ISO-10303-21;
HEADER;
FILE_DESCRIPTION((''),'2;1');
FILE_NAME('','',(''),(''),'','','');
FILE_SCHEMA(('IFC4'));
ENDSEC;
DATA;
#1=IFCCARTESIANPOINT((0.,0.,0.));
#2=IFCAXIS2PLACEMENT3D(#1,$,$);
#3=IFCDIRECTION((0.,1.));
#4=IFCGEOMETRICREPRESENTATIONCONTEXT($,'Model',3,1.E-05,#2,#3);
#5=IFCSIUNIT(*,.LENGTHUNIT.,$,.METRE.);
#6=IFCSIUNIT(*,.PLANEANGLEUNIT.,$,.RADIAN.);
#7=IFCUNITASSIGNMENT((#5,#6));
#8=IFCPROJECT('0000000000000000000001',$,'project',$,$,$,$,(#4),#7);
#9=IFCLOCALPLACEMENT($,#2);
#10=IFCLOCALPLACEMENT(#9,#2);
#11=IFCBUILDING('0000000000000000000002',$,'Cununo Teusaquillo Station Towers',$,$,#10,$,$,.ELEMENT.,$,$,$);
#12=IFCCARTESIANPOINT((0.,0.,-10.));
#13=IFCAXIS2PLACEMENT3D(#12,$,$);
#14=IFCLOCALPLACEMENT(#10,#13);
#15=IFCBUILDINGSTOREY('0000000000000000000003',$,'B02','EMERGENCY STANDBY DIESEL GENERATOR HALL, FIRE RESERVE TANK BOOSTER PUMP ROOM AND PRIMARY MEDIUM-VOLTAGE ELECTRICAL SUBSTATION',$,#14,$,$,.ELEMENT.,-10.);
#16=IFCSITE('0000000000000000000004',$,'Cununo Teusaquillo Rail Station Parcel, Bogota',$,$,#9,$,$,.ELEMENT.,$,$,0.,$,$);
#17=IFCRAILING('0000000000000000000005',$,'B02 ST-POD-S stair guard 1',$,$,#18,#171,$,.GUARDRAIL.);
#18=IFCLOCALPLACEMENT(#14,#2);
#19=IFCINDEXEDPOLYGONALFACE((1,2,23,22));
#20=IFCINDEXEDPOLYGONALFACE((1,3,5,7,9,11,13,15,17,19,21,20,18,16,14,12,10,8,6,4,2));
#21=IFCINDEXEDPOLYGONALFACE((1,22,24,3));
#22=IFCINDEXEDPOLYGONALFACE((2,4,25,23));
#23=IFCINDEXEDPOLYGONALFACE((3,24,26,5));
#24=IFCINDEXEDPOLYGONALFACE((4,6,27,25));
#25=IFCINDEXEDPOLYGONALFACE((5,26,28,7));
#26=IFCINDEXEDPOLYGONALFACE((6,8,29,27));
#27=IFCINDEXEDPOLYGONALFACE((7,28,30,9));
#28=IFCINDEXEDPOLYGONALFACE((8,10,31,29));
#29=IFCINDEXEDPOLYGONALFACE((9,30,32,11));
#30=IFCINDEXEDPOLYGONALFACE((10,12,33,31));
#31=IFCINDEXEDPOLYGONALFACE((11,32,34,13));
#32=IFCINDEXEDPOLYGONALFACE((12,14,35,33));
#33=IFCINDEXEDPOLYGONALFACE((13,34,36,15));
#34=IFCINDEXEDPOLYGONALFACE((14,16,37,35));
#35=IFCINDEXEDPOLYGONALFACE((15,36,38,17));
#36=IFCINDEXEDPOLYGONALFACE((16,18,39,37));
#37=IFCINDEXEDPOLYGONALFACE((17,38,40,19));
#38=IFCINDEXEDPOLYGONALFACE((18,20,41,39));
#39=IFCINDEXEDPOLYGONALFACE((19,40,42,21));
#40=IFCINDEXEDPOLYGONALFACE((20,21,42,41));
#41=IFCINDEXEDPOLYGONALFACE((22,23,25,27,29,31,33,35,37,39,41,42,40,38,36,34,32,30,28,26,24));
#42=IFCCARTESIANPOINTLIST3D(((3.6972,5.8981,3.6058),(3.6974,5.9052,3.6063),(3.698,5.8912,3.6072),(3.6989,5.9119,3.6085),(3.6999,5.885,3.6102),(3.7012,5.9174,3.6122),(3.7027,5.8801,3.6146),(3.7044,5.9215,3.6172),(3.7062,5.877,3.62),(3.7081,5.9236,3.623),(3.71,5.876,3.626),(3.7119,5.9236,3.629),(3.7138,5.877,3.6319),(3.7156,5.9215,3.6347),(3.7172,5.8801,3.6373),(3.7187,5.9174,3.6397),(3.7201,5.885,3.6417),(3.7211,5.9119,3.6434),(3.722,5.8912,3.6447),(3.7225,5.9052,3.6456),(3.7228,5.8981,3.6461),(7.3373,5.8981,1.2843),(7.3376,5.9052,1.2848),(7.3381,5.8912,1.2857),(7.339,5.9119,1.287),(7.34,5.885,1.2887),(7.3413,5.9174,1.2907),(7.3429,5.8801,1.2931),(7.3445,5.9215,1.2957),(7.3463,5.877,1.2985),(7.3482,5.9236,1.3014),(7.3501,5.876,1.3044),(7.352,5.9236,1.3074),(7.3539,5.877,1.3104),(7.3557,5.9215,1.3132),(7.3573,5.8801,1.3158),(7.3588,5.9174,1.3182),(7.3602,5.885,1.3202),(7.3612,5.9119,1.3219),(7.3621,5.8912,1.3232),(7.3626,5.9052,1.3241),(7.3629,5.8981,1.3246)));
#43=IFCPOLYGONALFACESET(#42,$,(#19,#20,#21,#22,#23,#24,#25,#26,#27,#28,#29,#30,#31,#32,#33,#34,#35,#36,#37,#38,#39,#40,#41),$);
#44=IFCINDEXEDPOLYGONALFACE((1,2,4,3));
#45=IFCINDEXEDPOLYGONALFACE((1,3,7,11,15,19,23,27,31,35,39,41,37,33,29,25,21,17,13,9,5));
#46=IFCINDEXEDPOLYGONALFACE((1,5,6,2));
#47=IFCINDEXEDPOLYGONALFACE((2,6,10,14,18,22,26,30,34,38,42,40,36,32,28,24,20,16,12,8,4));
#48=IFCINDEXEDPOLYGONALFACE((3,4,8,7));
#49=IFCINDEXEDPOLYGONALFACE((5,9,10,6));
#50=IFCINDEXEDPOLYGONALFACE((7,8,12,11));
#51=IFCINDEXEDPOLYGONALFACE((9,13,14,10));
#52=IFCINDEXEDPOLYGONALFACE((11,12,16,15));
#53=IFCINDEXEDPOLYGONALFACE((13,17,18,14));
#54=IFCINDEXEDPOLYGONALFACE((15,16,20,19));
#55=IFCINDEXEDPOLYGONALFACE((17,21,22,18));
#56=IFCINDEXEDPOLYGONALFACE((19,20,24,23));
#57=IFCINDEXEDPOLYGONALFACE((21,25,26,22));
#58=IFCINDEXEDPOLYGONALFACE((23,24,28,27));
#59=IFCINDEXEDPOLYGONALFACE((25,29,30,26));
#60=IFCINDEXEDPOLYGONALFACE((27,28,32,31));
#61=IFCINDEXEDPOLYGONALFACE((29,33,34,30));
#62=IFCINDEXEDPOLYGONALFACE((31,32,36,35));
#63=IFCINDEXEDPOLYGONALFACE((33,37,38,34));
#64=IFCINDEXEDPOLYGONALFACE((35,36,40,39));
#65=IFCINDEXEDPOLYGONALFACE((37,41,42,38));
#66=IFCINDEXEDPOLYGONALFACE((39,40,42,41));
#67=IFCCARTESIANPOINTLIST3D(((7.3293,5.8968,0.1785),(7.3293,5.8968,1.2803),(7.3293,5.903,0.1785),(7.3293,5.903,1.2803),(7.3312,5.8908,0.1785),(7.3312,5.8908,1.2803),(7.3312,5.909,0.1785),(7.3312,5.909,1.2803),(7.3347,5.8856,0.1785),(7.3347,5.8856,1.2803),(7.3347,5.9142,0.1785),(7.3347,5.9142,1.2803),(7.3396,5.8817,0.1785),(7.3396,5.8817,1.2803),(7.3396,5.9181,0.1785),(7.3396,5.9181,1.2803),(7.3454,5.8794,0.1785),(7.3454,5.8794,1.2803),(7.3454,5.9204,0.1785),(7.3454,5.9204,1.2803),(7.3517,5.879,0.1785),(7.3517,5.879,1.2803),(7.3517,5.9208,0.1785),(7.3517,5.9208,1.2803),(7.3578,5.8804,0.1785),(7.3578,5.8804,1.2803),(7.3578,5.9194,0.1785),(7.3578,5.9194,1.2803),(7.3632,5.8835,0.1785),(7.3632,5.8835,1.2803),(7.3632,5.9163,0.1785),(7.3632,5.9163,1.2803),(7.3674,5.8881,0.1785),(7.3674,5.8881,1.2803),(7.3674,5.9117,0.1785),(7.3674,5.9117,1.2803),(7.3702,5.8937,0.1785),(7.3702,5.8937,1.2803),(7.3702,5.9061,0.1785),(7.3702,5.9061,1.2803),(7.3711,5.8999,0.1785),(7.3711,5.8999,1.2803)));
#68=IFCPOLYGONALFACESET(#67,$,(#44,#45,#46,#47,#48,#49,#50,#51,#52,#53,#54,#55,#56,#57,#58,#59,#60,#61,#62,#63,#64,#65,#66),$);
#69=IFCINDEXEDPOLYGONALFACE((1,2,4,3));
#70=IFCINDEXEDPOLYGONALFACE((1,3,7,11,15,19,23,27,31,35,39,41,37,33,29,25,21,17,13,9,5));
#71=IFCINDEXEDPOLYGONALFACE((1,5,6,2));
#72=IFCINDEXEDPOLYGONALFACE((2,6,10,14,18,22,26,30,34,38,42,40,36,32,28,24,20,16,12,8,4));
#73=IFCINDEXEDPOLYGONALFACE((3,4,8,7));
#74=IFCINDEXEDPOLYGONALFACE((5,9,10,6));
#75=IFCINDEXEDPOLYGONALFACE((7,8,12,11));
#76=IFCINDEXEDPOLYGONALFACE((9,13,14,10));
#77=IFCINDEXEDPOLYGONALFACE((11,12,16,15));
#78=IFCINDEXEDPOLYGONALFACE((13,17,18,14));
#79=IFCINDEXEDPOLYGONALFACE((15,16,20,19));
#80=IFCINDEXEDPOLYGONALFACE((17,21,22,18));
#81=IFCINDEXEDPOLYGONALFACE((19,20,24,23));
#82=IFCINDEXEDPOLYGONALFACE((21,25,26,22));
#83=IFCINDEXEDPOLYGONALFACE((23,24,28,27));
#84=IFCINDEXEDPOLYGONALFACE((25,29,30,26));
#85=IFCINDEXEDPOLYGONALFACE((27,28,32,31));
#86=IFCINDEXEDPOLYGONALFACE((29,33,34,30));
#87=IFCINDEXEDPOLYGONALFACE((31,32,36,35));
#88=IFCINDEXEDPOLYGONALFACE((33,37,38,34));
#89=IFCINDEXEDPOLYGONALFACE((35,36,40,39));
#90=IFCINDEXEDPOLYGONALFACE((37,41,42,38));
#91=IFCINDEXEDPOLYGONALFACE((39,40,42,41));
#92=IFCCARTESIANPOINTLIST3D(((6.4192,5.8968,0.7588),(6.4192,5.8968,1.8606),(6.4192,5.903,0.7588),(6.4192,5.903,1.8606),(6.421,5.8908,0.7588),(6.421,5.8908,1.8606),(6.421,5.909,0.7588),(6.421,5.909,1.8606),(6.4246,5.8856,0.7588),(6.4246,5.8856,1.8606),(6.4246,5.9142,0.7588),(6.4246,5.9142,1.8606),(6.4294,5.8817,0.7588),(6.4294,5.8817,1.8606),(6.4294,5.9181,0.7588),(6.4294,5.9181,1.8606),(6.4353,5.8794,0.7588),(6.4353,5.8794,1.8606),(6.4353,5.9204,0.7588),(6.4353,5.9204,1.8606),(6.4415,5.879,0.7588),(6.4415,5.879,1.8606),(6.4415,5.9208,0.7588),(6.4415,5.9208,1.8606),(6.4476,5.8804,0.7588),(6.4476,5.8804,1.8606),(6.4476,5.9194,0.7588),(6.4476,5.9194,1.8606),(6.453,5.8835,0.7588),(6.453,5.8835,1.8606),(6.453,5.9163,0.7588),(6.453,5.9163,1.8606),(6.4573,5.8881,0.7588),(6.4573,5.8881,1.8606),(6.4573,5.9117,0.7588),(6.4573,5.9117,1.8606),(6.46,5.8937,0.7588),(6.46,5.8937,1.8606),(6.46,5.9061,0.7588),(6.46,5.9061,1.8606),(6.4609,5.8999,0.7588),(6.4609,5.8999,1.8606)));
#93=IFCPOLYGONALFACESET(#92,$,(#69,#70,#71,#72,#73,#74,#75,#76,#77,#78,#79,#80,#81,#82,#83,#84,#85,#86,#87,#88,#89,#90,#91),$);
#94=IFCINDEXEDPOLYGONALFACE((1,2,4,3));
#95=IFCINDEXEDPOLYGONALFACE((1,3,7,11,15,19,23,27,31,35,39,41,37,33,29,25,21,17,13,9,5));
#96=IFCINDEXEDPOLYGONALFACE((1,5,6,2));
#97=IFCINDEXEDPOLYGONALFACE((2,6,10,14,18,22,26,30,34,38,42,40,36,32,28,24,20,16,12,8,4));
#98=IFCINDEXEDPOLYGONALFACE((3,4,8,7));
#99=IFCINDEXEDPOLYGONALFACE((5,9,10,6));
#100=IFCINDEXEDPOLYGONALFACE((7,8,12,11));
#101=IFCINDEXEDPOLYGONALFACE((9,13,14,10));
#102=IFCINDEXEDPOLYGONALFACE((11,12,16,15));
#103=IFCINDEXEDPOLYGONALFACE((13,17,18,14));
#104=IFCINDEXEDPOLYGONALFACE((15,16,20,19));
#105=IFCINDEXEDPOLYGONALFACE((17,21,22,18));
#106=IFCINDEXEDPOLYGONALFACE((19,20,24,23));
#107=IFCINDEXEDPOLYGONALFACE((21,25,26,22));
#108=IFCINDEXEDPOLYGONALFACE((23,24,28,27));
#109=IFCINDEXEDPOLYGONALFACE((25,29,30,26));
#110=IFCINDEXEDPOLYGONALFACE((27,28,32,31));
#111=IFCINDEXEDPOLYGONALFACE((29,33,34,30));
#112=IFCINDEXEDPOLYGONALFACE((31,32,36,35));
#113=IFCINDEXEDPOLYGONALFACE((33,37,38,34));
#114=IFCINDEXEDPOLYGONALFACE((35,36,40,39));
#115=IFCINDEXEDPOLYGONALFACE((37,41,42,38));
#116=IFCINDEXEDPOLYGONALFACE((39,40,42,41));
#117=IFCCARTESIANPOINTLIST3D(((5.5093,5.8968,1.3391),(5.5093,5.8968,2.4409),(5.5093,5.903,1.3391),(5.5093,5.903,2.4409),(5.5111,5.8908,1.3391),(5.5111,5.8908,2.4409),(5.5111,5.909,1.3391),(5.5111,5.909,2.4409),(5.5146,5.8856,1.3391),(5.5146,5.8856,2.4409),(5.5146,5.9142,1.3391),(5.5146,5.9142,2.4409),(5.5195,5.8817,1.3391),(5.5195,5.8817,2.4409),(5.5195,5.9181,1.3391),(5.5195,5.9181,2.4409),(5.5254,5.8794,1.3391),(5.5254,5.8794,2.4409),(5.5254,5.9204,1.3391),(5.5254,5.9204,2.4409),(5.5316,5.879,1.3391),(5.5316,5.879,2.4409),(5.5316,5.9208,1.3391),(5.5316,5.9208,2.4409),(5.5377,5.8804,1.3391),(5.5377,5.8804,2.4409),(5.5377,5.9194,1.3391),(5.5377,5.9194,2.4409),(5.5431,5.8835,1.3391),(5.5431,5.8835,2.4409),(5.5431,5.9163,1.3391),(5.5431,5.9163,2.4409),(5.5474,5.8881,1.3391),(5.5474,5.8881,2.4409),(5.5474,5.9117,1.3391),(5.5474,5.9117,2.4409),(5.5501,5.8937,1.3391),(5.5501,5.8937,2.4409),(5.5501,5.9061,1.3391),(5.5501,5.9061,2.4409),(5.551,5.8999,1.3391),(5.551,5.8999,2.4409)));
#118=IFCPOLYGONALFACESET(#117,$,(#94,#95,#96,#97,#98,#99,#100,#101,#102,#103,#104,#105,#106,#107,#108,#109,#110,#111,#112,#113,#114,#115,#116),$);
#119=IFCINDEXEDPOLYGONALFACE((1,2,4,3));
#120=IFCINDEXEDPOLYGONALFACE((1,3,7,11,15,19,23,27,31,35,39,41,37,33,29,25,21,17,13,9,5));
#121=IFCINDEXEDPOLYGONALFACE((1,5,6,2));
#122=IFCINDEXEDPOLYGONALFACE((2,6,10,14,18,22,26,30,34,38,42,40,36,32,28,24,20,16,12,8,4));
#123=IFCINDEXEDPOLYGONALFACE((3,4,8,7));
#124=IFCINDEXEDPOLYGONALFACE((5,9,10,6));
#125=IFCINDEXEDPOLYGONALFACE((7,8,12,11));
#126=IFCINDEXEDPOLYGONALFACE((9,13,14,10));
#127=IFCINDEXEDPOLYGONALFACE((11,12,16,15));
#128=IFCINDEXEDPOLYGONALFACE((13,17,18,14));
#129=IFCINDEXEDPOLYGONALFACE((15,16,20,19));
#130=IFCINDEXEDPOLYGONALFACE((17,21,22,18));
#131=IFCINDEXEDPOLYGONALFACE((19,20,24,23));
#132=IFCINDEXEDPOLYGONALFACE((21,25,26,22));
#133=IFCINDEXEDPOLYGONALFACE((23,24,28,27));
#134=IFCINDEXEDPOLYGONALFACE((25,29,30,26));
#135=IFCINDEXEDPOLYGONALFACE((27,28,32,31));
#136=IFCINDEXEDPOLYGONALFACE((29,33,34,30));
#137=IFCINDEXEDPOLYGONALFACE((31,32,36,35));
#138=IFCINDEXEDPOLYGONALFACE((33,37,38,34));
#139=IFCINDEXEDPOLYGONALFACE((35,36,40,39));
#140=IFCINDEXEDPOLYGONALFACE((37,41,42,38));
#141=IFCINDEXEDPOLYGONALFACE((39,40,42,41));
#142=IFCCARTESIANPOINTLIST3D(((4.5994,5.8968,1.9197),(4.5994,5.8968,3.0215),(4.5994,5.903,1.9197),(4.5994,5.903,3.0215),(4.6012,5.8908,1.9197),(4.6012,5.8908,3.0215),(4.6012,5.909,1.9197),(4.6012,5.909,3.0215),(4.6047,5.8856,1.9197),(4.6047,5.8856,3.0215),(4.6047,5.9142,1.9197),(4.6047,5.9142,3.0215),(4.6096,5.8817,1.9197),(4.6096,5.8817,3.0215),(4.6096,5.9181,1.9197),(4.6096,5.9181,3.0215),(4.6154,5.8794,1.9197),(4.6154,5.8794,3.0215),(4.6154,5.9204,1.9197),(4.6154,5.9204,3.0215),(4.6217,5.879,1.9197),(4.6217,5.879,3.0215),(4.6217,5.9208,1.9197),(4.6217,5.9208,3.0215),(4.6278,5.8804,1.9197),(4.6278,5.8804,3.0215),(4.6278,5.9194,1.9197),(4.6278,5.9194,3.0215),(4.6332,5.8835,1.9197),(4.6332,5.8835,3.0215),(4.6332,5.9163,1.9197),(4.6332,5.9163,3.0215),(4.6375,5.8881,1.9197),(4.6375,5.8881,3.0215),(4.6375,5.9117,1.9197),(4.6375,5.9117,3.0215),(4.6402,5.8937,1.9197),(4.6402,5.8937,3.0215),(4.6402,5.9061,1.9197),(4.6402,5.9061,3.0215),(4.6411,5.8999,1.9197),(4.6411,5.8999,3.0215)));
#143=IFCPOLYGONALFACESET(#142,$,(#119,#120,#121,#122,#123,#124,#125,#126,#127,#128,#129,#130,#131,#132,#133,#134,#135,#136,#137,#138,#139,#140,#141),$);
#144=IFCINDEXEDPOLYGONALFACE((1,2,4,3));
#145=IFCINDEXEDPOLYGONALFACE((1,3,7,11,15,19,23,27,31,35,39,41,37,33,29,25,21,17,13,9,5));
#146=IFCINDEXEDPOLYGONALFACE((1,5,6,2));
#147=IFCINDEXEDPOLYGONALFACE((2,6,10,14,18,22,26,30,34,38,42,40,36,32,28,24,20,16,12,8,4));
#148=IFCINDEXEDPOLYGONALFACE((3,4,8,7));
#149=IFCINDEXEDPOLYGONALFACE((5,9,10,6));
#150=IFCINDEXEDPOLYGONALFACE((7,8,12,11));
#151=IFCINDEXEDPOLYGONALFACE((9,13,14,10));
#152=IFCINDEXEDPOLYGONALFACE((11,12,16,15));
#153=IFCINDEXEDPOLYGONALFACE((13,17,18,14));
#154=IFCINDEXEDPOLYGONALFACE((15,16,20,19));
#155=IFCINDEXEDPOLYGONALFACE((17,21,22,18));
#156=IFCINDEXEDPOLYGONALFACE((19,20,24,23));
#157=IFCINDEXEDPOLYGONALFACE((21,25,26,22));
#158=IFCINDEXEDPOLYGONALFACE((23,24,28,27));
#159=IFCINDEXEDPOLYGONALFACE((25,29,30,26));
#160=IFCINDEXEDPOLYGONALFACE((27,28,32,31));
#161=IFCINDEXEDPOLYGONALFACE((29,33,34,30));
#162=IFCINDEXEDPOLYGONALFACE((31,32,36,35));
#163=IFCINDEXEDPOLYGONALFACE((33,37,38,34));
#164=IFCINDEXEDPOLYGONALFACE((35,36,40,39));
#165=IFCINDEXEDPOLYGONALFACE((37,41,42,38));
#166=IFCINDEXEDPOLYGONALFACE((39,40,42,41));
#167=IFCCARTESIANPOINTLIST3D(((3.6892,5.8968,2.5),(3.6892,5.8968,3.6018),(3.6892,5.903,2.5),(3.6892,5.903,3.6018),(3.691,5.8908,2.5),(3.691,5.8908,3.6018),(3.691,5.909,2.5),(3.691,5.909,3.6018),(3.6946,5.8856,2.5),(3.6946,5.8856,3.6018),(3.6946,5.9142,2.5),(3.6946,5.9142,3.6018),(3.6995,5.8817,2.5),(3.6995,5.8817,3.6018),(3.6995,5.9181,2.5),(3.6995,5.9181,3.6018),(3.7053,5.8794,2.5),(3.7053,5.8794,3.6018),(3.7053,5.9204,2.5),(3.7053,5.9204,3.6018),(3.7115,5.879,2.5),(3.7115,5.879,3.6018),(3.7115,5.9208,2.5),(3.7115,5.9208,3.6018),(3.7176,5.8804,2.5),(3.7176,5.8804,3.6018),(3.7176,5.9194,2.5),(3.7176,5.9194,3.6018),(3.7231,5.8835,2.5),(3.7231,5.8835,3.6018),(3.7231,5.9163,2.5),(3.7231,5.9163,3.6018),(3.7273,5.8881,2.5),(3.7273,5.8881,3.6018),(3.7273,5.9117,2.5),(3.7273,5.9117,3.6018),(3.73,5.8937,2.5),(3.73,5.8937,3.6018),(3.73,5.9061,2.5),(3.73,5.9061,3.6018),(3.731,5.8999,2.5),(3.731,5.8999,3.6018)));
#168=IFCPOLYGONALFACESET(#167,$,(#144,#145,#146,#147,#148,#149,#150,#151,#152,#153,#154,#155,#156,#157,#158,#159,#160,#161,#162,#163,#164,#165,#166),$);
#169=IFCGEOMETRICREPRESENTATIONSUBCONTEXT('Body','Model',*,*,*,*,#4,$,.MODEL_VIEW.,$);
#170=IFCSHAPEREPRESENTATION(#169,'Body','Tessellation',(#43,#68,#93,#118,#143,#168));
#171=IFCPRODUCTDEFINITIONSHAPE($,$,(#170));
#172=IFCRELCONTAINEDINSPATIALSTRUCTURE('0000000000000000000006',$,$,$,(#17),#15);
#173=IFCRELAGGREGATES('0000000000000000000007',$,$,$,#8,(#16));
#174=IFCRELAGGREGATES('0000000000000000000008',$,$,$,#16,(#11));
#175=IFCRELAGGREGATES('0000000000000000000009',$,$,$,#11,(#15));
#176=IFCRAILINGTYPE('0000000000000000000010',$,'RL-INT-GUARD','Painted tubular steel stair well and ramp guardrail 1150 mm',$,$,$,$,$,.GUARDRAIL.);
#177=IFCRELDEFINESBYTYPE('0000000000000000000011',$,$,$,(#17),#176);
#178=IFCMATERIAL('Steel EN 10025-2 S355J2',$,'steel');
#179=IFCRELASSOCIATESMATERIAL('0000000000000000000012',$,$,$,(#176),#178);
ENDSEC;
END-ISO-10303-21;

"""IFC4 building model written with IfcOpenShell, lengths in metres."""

from ifc_helpers import new_model, si_unit, direction, frame, origin, origin_2d, place, context, subcontext, project, spatial, circle, extrude, material, type_object, element, save


model = new_model("IFC4")

# Units and contexts
model_context = context("Model", 3, precision=1e-05, world=origin(), true_north=direction((0.0, 1.0)))
body_context = subcontext(model_context, "Body", "Model", "MODEL_VIEW")
ifc_project = project(units=[si_unit("LENGTHUNIT", "METRE"), si_unit("PLANEANGLEUNIT", "RADIAN")], contexts=[model_context])

# Site, building, storey
site_placement = place(None, origin())
site = spatial("IfcSite", under=ifc_project, at=site_placement, Name="Cununo Teusaquillo Rail Station Parcel, Bogota", CompositionType="ELEMENT", RefElevation=0.0)
building_placement = place(site_placement, origin())
building = spatial("IfcBuilding", under=site, at=building_placement, Name="Cununo Teusaquillo Station Towers", CompositionType="ELEMENT")
storey_placement = place(building_placement, frame((0.0, 0.0, -10.0)))
storey = spatial("IfcBuildingStorey", under=building, at=storey_placement, Name="B02", Description="EMERGENCY STANDBY DIESEL GENERATOR HALL, FIRE RESERVE TANK BOOSTER PUMP ROOM AND PRIMARY MEDIUM-VOLTAGE ELECTRICAL SUBSTATION", CompositionType="ELEMENT", Elevation=-10.0)

# Railing
ifc_material_1 = material(Name="Steel EN 10025-2 S355J2", Category="steel")
railing_type_1 = type_object("IfcRailingType", Name="RL-INT-GUARD", Description="Painted tubular steel stair well and ramp guardrail 1150 mm", PredefinedType="GUARDRAIL", material=ifc_material_1)
railing_1_placement = place(storey_placement, frame((7.3501, 5.8999, 0.1785)))
element("IfcRailing", 1, at=railing_1_placement, inside=storey, type_object=railing_type_1, Name="B02 ST-POD-S stair guard 1", PredefinedType="GUARDRAIL", context=body_context, shape_type="SweptSolid", body=[
    extrude(circle(Radius=0.0239, at=origin_2d()), frame((0.0, 0.0, 1.126), z_axis=(-0.843128, 0.0, 0.537713), x_axis=(0.0, -1.0, 0.0)), (0.0, 0.0, 1.0), 4.3174),
    extrude(circle(Radius=0.021, at=origin_2d()), origin(), (0.0, 0.0, 1.0), 1.1018),
    extrude(circle(Radius=0.021, at=origin_2d()), frame((-0.9102, 0.0, 0.5803)), (0.0, 0.0, 1.0), 1.1018),
    extrude(circle(Radius=0.021, at=origin_2d()), frame((-1.8201, 0.0, 1.1606)), (0.0, 0.0, 1.0), 1.1018),
    extrude(circle(Radius=0.021, at=origin_2d()), frame((-2.73, 0.0, 1.7412)), (0.0, 0.0, 1.0), 1.1018),
    extrude(circle(Radius=0.021, at=origin_2d()), frame((-3.6401, 0.0, 2.3215)), (0.0, 0.0, 1.0), 1.1018),
])

save(model, "model.ifc")
